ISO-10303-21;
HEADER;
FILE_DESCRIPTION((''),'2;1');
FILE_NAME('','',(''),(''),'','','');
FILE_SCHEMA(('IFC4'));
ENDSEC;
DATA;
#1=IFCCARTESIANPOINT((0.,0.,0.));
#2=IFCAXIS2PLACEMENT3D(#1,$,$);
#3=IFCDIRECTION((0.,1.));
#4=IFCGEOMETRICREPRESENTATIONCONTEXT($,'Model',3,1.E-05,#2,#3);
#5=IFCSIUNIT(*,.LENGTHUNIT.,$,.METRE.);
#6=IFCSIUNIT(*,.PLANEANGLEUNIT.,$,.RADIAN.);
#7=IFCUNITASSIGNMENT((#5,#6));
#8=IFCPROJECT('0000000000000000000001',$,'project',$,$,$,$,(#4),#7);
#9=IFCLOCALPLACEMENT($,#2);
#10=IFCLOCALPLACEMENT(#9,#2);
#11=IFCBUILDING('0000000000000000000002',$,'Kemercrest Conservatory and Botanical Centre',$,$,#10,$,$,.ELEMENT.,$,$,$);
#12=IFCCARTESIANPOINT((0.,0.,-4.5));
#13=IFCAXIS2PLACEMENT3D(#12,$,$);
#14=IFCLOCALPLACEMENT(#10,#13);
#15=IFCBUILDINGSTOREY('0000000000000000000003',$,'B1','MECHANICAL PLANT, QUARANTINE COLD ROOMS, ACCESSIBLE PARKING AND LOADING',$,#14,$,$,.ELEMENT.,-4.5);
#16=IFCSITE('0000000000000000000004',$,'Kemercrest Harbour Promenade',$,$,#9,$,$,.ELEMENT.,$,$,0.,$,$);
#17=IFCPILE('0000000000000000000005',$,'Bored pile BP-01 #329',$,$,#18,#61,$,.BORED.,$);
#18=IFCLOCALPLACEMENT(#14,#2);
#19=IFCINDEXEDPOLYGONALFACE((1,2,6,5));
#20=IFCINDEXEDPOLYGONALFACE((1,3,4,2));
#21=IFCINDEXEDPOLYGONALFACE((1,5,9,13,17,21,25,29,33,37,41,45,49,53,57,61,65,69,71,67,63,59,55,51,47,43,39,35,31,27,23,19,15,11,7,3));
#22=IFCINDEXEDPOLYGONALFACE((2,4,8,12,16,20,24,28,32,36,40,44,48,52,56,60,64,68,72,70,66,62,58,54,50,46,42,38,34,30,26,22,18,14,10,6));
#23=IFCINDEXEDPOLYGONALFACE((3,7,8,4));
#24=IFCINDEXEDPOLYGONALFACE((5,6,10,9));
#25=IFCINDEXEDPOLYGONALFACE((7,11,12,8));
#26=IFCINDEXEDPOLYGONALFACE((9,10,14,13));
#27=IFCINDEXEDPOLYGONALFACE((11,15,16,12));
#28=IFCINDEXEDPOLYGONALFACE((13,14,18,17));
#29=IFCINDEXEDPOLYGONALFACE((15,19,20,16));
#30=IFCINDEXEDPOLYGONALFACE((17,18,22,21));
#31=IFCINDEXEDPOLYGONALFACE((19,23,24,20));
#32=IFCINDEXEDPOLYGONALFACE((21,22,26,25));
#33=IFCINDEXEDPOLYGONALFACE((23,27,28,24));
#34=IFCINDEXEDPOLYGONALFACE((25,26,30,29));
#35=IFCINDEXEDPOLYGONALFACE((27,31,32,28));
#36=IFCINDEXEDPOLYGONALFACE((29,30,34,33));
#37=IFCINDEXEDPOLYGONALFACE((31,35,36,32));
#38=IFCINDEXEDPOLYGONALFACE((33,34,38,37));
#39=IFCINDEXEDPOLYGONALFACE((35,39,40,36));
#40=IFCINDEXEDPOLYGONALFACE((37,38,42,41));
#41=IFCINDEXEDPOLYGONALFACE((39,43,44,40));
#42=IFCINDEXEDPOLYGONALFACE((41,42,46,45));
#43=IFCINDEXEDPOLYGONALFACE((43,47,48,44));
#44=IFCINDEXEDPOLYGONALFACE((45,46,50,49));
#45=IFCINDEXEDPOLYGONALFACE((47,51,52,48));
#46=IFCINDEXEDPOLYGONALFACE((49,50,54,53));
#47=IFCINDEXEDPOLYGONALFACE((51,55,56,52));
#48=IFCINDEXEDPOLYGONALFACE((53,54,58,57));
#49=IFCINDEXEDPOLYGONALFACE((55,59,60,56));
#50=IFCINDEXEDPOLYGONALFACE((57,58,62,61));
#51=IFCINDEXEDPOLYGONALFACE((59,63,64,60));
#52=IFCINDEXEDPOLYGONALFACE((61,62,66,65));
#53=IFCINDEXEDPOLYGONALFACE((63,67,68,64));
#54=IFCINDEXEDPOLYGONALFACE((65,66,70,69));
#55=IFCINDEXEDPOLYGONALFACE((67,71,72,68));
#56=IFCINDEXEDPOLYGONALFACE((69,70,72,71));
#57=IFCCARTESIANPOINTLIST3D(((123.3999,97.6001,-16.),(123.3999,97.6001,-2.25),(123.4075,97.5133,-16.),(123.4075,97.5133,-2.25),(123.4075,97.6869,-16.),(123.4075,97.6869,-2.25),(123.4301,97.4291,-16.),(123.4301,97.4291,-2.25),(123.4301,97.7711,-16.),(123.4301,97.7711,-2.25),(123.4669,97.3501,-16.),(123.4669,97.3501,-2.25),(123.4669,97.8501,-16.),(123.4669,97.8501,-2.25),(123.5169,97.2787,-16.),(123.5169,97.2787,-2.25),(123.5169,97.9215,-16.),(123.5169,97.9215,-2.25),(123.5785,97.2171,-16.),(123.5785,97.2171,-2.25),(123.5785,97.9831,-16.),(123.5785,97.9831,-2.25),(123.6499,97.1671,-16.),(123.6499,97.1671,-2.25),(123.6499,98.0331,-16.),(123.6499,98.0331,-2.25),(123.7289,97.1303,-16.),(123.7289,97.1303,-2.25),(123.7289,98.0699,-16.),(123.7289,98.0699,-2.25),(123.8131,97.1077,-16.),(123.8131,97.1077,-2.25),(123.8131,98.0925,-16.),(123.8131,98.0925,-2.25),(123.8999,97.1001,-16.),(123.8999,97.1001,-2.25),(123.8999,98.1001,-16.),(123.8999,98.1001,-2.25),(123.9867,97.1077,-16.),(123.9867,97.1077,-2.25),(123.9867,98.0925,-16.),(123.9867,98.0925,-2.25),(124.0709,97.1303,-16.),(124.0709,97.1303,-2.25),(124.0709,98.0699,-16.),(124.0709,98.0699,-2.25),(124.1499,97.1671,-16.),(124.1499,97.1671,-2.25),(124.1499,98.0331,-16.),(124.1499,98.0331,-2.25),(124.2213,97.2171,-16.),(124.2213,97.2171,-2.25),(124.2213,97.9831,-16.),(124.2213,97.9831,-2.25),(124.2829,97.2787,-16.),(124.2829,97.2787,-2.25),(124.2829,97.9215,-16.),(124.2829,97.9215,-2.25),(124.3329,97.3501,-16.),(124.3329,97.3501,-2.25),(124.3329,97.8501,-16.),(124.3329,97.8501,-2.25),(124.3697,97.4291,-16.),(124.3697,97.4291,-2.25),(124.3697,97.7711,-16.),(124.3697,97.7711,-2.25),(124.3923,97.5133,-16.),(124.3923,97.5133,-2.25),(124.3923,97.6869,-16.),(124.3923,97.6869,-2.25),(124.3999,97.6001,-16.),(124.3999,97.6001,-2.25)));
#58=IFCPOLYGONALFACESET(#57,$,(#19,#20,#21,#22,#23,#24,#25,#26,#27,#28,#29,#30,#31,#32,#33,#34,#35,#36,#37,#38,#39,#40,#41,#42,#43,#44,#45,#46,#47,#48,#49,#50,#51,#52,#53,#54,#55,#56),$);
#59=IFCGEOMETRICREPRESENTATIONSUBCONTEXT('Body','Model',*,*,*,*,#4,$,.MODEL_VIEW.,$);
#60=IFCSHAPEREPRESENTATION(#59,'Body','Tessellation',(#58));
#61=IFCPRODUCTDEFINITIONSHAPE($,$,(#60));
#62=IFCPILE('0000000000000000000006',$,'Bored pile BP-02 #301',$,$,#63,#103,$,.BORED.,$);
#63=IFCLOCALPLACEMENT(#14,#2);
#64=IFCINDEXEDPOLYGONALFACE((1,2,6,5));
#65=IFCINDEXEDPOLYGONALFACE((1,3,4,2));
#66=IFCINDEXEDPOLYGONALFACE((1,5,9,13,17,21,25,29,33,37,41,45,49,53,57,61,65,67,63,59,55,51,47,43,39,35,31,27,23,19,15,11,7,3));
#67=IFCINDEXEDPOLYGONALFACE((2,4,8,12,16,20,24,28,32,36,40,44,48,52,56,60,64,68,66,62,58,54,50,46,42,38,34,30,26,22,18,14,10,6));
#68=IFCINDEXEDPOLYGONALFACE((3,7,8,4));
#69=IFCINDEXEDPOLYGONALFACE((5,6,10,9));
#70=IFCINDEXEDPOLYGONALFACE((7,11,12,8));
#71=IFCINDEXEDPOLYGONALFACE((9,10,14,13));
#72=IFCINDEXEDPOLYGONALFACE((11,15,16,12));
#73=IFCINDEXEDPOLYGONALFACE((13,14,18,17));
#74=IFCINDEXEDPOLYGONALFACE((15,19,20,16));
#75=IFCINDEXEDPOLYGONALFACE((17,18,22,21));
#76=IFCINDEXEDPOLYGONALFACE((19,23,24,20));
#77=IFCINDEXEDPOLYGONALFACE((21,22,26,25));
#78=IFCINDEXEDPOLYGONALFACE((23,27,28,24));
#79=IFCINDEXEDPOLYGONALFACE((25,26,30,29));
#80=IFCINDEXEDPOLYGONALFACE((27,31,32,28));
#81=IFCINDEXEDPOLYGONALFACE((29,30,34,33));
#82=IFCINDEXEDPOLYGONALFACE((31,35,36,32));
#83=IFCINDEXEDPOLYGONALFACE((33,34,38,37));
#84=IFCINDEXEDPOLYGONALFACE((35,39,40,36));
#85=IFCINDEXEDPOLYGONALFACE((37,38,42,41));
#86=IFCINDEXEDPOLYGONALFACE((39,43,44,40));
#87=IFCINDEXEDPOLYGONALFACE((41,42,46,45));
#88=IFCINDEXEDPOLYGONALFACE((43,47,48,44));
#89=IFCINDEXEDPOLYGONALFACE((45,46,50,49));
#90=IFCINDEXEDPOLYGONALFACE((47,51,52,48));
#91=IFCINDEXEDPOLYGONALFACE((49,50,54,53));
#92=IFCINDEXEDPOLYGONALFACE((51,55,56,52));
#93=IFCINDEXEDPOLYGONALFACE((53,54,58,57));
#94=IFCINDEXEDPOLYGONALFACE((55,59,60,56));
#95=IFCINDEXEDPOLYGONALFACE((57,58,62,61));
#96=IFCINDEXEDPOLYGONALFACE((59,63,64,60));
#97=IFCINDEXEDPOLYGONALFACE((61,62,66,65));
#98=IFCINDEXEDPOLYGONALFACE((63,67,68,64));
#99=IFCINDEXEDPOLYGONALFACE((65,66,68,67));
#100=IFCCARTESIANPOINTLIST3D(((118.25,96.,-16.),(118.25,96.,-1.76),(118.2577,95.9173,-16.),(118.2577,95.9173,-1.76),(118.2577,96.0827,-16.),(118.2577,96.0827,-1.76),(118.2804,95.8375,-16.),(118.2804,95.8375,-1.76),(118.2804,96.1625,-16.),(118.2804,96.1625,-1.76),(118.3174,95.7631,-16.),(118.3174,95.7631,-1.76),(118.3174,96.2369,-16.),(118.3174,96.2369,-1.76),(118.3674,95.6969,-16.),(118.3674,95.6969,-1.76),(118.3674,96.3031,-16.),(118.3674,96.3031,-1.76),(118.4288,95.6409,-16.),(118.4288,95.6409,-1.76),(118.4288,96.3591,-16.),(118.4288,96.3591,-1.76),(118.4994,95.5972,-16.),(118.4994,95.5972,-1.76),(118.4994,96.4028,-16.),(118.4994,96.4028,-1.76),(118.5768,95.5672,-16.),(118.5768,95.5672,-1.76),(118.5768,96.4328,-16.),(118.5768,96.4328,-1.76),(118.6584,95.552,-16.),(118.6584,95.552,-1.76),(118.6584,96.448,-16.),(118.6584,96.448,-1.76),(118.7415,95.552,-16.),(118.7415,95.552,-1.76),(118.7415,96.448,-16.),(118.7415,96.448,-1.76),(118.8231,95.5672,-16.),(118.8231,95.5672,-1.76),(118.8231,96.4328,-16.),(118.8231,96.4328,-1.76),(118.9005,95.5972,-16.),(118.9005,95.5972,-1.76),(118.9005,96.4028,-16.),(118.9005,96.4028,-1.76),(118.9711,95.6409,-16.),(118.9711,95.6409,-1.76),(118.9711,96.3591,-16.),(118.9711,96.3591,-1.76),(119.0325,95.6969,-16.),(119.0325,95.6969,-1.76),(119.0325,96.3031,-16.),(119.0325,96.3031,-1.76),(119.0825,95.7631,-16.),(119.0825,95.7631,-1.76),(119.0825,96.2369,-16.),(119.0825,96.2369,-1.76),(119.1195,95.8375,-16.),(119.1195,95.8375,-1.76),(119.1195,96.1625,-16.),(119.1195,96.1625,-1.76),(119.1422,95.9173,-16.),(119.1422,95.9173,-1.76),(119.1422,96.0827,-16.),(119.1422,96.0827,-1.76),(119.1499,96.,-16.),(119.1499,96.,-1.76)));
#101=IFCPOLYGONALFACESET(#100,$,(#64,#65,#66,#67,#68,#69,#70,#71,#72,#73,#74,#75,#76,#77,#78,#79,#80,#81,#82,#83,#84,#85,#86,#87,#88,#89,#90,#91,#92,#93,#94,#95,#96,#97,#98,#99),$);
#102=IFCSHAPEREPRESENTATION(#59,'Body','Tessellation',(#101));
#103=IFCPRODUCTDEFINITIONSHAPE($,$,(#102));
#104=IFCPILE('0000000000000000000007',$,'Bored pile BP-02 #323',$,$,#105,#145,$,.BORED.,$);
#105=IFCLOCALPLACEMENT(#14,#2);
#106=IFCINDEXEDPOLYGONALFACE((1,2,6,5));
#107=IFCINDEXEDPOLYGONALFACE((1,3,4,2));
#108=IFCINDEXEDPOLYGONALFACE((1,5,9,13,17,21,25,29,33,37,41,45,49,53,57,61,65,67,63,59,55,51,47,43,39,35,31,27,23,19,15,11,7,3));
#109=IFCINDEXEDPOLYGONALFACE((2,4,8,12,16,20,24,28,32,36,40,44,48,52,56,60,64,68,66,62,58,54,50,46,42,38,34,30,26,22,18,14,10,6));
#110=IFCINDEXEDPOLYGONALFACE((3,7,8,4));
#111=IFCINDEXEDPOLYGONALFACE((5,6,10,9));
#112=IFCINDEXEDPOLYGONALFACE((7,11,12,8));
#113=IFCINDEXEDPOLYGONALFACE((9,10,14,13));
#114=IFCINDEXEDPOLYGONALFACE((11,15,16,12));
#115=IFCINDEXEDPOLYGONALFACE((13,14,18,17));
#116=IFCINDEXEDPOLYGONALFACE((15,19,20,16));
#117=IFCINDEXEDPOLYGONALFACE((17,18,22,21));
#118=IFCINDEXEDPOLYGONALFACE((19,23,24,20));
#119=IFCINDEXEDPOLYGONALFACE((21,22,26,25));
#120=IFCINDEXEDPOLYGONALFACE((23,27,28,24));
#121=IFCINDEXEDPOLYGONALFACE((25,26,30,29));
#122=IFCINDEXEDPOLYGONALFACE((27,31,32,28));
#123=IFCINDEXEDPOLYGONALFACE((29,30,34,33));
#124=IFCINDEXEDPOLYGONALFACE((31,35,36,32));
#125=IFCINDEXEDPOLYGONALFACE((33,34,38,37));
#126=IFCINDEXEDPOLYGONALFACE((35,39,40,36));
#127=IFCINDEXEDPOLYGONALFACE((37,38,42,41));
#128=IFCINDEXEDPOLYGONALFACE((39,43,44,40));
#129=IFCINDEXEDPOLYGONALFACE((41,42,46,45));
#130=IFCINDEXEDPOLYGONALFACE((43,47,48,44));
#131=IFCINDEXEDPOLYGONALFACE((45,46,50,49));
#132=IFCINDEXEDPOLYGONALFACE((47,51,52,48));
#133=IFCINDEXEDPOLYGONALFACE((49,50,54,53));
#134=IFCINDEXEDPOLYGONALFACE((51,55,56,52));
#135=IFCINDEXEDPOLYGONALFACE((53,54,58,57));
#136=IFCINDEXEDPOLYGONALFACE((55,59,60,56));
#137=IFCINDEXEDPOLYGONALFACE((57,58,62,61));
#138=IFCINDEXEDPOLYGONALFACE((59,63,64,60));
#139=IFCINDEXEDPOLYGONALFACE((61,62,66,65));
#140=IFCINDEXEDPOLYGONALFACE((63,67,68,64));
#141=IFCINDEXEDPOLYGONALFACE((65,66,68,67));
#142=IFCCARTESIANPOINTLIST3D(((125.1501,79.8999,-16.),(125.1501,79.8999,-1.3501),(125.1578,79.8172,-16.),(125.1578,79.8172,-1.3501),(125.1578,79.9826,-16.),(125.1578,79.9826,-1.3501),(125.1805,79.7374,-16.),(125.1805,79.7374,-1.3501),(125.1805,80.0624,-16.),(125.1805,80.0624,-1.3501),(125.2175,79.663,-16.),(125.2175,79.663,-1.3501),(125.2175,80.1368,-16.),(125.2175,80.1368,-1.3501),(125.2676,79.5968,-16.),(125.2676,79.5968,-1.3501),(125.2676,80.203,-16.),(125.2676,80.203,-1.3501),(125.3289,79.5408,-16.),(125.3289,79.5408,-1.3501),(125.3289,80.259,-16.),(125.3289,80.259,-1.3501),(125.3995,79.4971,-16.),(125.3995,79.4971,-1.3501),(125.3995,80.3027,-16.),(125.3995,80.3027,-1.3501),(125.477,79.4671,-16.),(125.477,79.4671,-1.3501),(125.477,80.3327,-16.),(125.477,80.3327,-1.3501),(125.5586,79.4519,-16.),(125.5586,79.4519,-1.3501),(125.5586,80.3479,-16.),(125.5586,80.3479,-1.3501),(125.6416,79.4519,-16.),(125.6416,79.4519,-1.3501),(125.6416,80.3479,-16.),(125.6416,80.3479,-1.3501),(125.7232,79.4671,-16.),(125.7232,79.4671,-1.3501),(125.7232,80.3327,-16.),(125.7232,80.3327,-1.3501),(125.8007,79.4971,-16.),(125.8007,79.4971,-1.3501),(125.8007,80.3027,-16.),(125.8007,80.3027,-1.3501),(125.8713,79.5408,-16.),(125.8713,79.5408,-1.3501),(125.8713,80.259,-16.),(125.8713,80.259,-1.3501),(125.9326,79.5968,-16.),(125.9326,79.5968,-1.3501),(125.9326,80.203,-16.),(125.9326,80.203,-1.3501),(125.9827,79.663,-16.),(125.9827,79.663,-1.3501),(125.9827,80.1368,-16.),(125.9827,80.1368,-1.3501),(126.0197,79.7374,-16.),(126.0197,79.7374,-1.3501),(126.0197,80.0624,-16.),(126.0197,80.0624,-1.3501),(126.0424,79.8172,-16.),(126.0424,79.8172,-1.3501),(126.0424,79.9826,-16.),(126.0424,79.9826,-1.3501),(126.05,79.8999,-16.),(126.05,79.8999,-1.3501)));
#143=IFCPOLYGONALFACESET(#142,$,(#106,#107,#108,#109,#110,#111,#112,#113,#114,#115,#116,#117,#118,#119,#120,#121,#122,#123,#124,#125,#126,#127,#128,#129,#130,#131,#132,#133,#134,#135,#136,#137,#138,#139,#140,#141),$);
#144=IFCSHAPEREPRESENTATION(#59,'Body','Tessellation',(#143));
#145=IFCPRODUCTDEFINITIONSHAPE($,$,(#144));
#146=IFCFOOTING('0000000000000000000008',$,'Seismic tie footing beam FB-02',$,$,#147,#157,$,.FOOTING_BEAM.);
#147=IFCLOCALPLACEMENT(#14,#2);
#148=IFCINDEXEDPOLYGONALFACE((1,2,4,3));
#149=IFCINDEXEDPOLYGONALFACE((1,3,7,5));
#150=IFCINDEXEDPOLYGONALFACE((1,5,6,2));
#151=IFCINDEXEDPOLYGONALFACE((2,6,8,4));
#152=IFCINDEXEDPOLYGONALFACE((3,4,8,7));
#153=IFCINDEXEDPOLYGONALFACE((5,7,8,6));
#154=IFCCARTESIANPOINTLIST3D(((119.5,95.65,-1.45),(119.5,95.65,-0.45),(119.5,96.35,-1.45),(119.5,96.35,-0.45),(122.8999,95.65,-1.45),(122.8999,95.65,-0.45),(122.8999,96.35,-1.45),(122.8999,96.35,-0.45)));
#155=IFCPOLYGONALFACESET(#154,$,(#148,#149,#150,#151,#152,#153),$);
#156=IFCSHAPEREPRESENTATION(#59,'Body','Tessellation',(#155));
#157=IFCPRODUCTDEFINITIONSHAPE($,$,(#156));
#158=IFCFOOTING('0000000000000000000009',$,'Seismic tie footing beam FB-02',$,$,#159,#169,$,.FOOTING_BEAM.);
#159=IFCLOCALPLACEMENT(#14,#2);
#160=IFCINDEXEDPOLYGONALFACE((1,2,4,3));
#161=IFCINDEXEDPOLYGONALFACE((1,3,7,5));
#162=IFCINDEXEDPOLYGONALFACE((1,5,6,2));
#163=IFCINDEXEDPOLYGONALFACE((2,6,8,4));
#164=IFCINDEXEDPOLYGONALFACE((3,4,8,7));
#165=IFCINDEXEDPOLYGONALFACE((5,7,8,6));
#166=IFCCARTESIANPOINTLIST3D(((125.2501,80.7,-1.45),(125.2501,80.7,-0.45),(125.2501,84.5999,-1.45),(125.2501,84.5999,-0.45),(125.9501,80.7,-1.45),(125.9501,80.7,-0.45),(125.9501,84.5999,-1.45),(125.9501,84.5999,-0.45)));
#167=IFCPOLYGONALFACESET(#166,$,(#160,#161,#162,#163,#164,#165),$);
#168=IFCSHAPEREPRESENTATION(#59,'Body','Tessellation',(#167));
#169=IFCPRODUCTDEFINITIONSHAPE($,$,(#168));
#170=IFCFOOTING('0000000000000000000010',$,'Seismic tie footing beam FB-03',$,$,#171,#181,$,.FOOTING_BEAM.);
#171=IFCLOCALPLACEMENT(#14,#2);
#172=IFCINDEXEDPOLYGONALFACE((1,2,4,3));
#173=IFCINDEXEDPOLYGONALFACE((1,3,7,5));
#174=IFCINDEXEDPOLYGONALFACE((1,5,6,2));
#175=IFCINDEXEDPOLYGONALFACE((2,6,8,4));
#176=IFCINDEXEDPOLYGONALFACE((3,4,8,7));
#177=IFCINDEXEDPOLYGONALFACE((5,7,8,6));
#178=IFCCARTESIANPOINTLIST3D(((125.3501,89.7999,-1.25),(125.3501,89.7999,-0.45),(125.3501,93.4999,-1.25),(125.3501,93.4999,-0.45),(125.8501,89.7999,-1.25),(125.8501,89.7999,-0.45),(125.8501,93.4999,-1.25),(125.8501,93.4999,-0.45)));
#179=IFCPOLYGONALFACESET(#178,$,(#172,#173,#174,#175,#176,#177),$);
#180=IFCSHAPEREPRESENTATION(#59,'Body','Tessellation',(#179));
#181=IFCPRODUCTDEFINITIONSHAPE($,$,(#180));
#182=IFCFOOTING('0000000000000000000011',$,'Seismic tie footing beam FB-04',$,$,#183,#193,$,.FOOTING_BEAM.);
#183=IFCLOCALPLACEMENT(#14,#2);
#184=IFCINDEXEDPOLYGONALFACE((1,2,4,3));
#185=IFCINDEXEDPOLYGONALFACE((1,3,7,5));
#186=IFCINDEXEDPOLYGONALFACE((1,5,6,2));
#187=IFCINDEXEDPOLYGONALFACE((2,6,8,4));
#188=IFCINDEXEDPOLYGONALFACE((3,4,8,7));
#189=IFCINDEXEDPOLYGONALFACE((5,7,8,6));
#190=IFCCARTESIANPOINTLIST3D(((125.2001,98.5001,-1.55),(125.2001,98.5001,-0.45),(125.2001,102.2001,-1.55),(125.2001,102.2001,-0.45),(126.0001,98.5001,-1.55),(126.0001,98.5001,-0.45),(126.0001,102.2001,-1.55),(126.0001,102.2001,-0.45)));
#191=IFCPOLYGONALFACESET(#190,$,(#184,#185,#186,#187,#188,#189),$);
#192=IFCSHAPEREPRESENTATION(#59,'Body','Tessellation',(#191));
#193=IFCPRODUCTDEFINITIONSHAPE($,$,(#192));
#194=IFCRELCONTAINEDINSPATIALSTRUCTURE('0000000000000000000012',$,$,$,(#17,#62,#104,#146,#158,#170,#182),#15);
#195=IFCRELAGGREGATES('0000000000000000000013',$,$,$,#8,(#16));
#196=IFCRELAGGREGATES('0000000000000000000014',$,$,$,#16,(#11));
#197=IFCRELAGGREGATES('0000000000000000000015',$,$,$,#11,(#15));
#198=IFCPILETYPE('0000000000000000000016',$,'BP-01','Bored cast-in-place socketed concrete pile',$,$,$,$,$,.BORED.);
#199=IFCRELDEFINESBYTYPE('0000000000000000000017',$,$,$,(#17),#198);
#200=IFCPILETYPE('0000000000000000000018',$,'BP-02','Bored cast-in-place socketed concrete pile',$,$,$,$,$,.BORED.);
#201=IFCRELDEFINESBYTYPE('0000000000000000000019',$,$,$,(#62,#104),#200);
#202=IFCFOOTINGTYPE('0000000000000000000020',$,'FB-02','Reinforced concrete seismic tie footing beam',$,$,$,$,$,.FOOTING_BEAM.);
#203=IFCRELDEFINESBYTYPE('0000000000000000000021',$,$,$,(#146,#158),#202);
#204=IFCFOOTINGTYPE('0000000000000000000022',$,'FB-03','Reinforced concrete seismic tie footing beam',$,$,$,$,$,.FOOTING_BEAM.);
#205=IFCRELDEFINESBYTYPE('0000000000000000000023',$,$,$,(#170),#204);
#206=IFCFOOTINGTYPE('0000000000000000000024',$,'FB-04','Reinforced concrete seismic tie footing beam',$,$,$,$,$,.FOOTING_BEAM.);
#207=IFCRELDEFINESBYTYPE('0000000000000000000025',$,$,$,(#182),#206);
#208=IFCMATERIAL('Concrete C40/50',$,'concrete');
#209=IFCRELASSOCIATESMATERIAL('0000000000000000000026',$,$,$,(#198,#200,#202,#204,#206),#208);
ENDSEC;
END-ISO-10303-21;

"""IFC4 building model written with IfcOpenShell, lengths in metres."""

from ifc_helpers import new_model, si_unit, direction, frame, origin, origin_2d, place, context, subcontext, project, spatial, rectangle, circle, extrude, material, material_profile, profile_set, type_object, element, save


model = new_model("IFC4")

# Units and contexts
model_context = context("Model", 3, precision=1e-05, world=origin(), true_north=direction((0.0, 1.0)))
body_context = subcontext(model_context, "Body", "Model", "MODEL_VIEW")
ifc_project = project(units=[si_unit("LENGTHUNIT", "METRE"), si_unit("PLANEANGLEUNIT", "RADIAN")], contexts=[model_context])

# Site, building, storey
site_placement = place(None, origin())
site = spatial("IfcSite", under=ifc_project, at=site_placement, Name="Kemercrest Harbour Promenade", CompositionType="ELEMENT", RefElevation=0.0)
building_placement = place(site_placement, origin())
building = spatial("IfcBuilding", under=site, at=building_placement, Name="Kemercrest Conservatory and Botanical Centre", CompositionType="ELEMENT")
storey_placement = place(building_placement, frame((0.0, 0.0, -4.5)))
storey = spatial("IfcBuildingStorey", under=building, at=storey_placement, Name="B1", Description="MECHANICAL PLANT, QUARANTINE COLD ROOMS, ACCESSIBLE PARKING AND LOADING", CompositionType="ELEMENT", Elevation=-4.5)

# Piles
ifc_material_1 = material(Name="Concrete C40/50", Category="concrete")
ifc_material_profile_1 = material_profile(ifc_material_1, circle(Radius=0.5, at=origin_2d()), Name="BORED PILE 1000")
ifc_profile_set_1 = profile_set([ifc_material_profile_1], Name="Concrete C40/50")
pile_type_1 = type_object("IfcPileType", Name="BP-01", Description="Bored cast-in-place socketed concrete pile", PredefinedType="BORED", material=ifc_profile_set_1)
for number, where, z_axis, x_axis, name in (
    (1, (123.8999, 97.6001, -2.25), (0.0, 0.0, -1.0), (1.0, 0.0, 0.0), "Bored pile BP-01 #329"),
):
    element("IfcPile", number, at=place(storey_placement, frame(where, z_axis=z_axis, x_axis=x_axis)), inside=storey, type_object=pile_type_1, Name=name, PredefinedType="BORED", context=body_context, shape_type="SweptSolid", body=[
        extrude(circle(Radius=0.5, at=origin_2d()), origin(), (0.0, 0.0, 1.0), 13.75),
    ])
ifc_material_profile_2 = material_profile(ifc_material_1, circle(Radius=0.45, at=origin_2d()), Name="BORED PILE 900")
ifc_profile_set_2 = profile_set([ifc_material_profile_2], Name="Concrete C40/50")
pile_type_2 = type_object("IfcPileType", Name="BP-02", Description="Bored cast-in-place socketed concrete pile", PredefinedType="BORED", material=ifc_profile_set_2)
pile_1_placement = place(storey_placement, frame((118.7, 96.0, -1.76), z_axis=(0.0, 0.0, -1.0), x_axis=(1.0, 0.0, 0.0)))
element("IfcPile", 2, at=pile_1_placement, inside=storey, type_object=pile_type_2, Name="Bored pile BP-02 #301", PredefinedType="BORED", context=body_context, shape_type="SweptSolid", body=[
    extrude(circle(Radius=0.45, at=origin_2d()), origin(), (0.0, 0.0, 1.0), 14.24),
])
pile_2_placement = place(storey_placement, frame((125.6001, 79.8999, -1.3501), z_axis=(0.0, 0.0, -1.0), x_axis=(1.0, 0.0, 0.0)))
element("IfcPile", 3, at=pile_2_placement, inside=storey, type_object=pile_type_2, Name="Bored pile BP-02 #323", PredefinedType="BORED", context=body_context, shape_type="SweptSolid", body=[
    extrude(circle(Radius=0.45, at=origin_2d()), origin(), (0.0, 0.0, 1.0), 14.6499),
])

# Footings
footing_type_1 = type_object("IfcFootingType", Name="FB-02", Description="Reinforced concrete seismic tie footing beam", PredefinedType="FOOTING_BEAM", material=ifc_material_1)
footing_1_placement = place(storey_placement, frame((121.2, 96.0, -1.45), z_axis=(0.0, 0.0, 1.0), x_axis=(1.0, 0.0, 0.0)))
element("IfcFooting", 4, at=footing_1_placement, inside=storey, type_object=footing_type_1, Name="Seismic tie footing beam FB-02", PredefinedType="FOOTING_BEAM", context=body_context, shape_type="SweptSolid", body=[
    extrude(rectangle(XDim=3.3999, YDim=0.7, at=origin_2d()), origin(), (0.0, 0.0, 1.0), 1.0),
])
footing_2_placement = place(storey_placement, frame((125.6001, 82.6499, -1.45), z_axis=(0.0, 0.0, 1.0), x_axis=(1.0, 0.0, 0.0)))
element("IfcFooting", 5, at=footing_2_placement, inside=storey, type_object=footing_type_1, Name="Seismic tie footing beam FB-02", PredefinedType="FOOTING_BEAM", context=body_context, shape_type="SweptSolid", body=[
    extrude(rectangle(XDim=0.7, YDim=3.8999, at=origin_2d()), origin(), (0.0, 0.0, 1.0), 1.0),
])
footing_type_2 = type_object("IfcFootingType", Name="FB-03", Description="Reinforced concrete seismic tie footing beam", PredefinedType="FOOTING_BEAM", material=ifc_material_1)
footing_3_placement = place(storey_placement, frame((125.6001, 91.6499, -1.25), z_axis=(0.0, 0.0, 1.0), x_axis=(1.0, 0.0, 0.0)))
element("IfcFooting", 6, at=footing_3_placement, inside=storey, type_object=footing_type_2, Name="Seismic tie footing beam FB-03", PredefinedType="FOOTING_BEAM", context=body_context, shape_type="SweptSolid", body=[
    extrude(rectangle(XDim=0.5, YDim=3.7, at=origin_2d()), origin(), (0.0, 0.0, 1.0), 0.8),
])
footing_type_3 = type_object("IfcFootingType", Name="FB-04", Description="Reinforced concrete seismic tie footing beam", PredefinedType="FOOTING_BEAM", material=ifc_material_1)
footing_4_placement = place(storey_placement, frame((125.6001, 100.3501, -1.55), z_axis=(0.0, 0.0, 1.0), x_axis=(1.0, 0.0, 0.0)))
element("IfcFooting", 7, at=footing_4_placement, inside=storey, type_object=footing_type_3, Name="Seismic tie footing beam FB-04", PredefinedType="FOOTING_BEAM", context=body_context, shape_type="SweptSolid", body=[
    extrude(rectangle(XDim=0.8, YDim=3.7, at=origin_2d()), origin(), (0.0, 0.0, 1.0), 1.1001),
])

save(model, "model.ifc")
